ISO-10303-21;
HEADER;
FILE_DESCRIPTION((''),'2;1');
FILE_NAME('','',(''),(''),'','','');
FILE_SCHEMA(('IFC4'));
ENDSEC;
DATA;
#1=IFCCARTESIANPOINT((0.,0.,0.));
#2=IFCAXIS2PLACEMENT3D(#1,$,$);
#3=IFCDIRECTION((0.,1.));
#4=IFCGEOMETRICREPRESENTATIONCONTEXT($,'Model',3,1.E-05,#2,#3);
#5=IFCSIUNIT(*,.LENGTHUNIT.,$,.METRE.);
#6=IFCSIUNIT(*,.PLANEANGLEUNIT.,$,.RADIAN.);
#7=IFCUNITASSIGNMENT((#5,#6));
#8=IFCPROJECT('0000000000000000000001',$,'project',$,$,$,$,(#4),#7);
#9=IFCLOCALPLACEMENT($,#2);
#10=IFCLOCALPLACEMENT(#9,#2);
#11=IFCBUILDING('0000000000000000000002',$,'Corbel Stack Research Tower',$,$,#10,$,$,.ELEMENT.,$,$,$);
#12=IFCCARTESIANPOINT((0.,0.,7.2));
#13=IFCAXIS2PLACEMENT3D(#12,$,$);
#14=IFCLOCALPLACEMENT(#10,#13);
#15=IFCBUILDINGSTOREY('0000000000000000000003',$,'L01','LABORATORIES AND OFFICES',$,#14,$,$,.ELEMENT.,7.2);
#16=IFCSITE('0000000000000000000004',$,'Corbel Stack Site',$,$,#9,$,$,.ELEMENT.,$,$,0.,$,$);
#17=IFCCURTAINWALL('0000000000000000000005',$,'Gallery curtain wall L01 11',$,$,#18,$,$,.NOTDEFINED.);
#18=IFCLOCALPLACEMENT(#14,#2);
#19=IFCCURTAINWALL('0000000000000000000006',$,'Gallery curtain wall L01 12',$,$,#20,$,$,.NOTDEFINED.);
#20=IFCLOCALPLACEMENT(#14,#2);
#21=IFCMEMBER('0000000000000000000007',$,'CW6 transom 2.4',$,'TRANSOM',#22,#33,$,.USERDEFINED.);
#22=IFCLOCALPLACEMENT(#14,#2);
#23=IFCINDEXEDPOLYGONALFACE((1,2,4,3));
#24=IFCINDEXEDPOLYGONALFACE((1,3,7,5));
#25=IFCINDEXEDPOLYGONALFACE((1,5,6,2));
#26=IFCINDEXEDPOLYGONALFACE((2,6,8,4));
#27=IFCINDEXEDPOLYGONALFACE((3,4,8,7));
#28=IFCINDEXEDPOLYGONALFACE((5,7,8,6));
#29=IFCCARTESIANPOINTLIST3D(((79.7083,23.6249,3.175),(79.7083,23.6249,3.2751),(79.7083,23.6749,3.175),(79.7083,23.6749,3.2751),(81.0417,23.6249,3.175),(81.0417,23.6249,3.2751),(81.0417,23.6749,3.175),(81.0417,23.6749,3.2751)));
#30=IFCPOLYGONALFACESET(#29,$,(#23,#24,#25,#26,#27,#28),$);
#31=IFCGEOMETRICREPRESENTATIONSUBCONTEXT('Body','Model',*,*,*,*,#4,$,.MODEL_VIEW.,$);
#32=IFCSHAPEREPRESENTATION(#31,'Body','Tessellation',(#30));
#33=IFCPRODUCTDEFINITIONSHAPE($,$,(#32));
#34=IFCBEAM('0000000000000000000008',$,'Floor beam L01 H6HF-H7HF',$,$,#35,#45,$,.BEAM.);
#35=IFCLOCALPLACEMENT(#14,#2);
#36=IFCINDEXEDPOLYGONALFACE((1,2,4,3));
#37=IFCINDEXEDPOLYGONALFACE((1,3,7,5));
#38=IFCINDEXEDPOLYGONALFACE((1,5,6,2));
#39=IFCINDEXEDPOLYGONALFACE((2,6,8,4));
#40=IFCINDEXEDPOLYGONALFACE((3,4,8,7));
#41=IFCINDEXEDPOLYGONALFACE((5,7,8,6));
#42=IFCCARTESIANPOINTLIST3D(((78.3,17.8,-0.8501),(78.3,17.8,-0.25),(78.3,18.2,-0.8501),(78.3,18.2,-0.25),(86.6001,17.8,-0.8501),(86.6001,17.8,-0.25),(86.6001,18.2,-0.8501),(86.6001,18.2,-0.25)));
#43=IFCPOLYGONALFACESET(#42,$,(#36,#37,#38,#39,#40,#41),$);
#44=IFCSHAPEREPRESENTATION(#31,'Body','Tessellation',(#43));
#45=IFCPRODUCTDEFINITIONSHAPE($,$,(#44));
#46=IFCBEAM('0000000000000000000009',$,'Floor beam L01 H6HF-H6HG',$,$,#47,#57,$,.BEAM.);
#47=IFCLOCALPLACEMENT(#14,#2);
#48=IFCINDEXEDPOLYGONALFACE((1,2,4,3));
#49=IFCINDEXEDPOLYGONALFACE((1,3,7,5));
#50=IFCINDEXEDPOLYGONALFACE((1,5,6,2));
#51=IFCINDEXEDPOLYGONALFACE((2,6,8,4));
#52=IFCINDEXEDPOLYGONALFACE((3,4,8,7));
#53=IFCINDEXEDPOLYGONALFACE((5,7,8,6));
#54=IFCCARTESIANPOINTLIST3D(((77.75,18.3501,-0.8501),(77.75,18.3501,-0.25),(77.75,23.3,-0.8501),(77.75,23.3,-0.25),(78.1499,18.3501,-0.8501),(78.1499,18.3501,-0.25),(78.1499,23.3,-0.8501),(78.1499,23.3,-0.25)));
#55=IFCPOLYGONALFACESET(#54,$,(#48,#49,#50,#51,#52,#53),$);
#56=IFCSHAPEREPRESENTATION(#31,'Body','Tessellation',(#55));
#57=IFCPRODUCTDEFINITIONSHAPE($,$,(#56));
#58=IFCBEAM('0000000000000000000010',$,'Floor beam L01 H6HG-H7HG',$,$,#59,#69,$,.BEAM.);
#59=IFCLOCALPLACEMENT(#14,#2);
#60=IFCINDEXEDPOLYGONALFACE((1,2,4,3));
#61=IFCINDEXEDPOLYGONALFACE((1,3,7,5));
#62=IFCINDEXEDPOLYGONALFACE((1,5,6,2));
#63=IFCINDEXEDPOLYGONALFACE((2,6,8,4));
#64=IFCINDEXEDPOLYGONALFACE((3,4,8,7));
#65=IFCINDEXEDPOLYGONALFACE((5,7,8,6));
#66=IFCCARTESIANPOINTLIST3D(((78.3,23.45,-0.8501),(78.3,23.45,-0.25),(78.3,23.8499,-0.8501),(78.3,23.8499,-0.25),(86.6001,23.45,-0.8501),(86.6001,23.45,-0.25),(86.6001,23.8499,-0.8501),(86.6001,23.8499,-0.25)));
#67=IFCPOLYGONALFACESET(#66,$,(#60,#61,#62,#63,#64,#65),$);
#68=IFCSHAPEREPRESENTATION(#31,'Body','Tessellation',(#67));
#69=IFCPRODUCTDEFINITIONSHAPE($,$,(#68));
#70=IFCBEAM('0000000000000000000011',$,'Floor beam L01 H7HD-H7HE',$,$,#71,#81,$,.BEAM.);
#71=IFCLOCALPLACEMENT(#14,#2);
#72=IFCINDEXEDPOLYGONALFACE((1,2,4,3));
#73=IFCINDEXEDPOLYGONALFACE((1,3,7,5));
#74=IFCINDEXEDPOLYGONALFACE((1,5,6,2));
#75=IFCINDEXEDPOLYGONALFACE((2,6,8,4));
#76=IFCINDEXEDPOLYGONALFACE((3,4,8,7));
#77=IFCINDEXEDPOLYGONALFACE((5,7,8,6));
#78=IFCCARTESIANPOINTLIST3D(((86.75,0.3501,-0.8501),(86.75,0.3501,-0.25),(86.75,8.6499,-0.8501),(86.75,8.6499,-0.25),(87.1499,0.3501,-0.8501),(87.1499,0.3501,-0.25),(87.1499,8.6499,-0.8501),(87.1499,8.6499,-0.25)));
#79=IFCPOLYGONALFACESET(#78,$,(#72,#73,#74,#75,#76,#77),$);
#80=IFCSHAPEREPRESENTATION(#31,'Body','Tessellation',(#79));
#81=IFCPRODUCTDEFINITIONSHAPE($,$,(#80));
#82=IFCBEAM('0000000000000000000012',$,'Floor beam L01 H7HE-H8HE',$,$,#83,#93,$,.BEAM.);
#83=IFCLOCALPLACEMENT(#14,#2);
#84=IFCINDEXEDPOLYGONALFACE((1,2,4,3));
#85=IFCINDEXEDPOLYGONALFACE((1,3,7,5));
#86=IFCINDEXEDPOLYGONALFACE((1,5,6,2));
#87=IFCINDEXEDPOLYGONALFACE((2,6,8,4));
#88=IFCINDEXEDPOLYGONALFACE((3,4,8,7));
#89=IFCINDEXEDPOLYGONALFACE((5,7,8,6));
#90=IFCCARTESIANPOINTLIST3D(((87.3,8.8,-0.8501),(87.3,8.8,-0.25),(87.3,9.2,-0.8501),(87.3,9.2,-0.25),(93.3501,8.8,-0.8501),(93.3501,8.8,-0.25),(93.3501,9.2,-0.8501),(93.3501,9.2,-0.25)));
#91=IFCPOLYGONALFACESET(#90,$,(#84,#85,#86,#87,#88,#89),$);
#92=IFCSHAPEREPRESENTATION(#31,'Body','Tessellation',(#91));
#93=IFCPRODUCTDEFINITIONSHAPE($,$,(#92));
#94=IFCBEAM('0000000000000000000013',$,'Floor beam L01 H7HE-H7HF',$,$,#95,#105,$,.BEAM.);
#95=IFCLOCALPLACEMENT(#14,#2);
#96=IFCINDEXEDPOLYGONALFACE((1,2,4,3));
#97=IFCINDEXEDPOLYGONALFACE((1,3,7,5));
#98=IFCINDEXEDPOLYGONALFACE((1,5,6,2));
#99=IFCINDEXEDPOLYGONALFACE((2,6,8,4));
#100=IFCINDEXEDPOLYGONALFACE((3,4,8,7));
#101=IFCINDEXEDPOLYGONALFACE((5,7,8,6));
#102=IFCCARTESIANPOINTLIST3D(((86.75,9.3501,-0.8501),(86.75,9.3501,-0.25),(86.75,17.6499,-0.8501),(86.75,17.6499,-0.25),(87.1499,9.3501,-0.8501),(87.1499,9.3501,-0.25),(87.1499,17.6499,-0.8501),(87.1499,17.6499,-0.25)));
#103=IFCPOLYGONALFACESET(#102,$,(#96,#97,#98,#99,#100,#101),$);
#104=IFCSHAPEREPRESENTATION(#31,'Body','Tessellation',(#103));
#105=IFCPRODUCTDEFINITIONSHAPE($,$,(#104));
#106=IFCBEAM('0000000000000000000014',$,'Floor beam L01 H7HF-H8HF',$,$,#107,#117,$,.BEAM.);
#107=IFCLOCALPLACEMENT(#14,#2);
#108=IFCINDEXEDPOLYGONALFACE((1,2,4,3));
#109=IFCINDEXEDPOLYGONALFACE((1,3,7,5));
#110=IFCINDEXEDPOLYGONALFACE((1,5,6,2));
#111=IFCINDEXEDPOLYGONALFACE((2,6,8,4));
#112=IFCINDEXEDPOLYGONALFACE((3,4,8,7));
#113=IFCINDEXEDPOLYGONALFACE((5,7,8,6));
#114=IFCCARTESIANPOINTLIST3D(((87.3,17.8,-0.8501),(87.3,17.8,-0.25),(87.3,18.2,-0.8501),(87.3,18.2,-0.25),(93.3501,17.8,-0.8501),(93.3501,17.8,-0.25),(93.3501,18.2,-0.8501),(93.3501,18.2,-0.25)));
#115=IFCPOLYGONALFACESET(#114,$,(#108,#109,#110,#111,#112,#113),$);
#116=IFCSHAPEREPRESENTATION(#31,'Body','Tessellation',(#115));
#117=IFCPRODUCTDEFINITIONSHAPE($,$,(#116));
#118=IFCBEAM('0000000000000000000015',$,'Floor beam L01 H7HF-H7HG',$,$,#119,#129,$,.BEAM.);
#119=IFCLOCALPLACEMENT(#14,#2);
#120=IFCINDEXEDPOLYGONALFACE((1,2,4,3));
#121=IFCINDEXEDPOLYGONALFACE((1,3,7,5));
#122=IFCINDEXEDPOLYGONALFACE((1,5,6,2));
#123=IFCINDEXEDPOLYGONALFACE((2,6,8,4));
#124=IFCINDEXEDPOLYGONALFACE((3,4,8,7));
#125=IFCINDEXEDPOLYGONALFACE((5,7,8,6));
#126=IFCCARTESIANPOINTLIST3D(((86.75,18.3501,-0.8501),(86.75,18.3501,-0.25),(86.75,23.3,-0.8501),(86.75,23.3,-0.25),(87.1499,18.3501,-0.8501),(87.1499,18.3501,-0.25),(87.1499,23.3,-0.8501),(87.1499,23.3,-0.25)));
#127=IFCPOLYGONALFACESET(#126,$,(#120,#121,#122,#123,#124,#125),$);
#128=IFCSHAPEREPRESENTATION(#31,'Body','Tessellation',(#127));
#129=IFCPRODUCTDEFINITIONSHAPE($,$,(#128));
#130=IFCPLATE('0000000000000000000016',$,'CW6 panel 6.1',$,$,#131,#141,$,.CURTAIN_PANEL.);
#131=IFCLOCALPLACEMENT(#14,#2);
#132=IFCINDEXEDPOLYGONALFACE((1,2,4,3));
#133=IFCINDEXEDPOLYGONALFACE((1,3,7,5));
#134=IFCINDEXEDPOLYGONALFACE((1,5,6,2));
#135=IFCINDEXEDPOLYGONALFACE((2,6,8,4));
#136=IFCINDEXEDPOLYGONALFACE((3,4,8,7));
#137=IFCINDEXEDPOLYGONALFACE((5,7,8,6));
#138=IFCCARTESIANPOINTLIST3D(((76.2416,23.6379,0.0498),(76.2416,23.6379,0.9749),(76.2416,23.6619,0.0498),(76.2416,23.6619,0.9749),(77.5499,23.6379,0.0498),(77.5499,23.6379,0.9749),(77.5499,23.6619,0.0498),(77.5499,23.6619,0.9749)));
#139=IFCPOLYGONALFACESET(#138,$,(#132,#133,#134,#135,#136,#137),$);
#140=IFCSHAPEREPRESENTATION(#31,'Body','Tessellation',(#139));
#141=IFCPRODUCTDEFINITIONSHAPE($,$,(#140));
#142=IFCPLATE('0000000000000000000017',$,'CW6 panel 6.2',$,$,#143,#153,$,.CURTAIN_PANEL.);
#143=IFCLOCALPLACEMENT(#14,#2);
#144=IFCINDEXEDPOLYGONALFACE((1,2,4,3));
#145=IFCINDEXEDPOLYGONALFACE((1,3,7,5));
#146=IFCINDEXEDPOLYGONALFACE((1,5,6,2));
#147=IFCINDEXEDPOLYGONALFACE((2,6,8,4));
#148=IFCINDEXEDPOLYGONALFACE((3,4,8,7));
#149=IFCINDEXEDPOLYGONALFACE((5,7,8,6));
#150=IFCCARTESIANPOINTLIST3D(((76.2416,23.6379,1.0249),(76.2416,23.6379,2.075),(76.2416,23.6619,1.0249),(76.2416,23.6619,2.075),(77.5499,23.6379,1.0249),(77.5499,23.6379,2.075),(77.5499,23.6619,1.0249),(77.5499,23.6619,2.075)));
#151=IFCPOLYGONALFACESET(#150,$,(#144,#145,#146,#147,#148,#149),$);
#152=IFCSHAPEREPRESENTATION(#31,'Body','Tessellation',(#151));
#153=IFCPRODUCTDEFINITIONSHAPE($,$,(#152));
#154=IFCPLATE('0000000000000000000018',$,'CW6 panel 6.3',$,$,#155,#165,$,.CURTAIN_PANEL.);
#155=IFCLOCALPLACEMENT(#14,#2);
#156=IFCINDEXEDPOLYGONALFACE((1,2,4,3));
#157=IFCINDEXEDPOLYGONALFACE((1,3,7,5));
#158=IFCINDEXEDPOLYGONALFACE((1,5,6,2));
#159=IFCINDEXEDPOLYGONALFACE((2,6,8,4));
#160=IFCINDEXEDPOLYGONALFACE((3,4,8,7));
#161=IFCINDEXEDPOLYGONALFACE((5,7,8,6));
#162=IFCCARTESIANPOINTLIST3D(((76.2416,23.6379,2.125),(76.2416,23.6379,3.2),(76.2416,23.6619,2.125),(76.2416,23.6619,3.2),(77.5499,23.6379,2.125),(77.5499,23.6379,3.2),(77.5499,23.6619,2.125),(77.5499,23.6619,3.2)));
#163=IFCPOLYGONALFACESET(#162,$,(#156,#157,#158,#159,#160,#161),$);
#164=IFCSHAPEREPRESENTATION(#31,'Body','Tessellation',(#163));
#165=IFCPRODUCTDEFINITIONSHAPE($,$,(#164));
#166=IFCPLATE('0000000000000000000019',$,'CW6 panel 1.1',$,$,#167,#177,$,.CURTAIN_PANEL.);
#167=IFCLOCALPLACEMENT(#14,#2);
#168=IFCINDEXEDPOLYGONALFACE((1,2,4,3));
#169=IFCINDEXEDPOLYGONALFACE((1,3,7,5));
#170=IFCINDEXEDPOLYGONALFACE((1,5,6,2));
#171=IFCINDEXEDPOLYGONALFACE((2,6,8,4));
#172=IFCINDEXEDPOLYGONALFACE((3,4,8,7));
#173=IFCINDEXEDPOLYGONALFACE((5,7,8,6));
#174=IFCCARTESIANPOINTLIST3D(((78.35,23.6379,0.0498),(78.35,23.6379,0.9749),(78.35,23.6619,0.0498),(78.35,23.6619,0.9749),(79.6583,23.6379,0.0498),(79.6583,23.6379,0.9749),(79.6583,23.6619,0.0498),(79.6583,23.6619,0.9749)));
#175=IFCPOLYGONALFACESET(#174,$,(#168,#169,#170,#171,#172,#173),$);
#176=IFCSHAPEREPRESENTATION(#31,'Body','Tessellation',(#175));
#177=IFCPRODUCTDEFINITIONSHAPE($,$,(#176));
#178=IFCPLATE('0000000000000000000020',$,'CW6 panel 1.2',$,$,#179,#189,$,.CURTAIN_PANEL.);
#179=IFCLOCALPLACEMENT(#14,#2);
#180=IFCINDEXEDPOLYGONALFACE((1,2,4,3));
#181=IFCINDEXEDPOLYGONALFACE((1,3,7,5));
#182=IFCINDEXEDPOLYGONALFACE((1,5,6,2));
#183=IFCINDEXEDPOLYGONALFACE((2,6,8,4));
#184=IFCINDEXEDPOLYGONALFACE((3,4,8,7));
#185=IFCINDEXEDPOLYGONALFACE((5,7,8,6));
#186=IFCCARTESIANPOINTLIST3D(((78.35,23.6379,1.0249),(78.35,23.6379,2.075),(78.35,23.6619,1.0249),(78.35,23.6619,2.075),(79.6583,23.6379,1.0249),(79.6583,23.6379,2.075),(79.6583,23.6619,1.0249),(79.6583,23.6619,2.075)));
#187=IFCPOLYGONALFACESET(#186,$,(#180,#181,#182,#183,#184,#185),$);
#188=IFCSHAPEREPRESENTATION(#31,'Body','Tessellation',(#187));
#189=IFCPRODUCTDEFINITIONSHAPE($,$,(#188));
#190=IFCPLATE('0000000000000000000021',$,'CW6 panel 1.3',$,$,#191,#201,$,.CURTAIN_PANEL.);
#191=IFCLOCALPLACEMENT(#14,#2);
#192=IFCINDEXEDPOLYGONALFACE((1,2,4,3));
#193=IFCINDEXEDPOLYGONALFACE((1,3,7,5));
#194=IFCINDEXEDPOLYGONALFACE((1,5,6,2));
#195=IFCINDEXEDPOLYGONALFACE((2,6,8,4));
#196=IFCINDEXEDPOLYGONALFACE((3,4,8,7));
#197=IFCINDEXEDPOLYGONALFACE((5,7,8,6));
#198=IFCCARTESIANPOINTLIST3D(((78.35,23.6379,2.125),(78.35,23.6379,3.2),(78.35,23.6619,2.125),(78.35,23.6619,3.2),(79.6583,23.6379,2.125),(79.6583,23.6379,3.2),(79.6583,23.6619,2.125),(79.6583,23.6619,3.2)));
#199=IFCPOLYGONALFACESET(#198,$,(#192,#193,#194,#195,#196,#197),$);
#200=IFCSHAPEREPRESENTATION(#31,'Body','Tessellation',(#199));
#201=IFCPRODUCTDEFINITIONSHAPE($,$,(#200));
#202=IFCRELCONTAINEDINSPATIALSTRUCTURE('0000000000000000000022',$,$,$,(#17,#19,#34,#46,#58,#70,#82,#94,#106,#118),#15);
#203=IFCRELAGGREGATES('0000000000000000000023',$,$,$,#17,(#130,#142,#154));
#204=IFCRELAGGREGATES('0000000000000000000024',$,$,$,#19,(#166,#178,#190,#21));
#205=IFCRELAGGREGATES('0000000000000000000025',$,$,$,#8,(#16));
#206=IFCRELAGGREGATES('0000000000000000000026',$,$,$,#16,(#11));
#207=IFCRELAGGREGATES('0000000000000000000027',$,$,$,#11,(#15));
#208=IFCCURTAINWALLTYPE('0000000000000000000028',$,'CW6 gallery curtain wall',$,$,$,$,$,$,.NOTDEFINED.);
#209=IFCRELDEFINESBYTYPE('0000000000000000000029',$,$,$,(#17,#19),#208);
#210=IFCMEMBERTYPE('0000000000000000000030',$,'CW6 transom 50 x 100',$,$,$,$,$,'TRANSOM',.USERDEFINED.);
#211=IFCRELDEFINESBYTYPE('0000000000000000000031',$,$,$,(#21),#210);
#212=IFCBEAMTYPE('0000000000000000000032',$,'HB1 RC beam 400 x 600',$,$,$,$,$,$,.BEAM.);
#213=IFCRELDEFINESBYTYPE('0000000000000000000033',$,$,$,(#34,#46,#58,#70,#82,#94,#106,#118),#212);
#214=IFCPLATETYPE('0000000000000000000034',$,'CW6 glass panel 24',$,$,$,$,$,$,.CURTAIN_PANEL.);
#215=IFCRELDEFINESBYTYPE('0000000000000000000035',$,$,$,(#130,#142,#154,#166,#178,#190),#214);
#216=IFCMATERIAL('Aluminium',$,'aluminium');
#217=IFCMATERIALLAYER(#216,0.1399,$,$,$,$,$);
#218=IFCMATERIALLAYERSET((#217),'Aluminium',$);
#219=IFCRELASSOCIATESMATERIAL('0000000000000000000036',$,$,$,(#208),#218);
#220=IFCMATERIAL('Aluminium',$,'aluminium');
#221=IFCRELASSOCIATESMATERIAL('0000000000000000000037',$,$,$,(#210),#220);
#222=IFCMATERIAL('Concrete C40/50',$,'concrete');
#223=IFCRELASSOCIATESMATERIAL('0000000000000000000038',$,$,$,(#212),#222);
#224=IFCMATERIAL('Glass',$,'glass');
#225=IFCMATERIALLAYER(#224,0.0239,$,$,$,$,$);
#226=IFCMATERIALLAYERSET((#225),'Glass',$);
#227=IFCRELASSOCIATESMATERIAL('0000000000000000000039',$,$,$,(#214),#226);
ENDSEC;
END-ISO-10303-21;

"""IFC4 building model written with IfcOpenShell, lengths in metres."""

from ifc_helpers import new_model, si_unit, direction, frame, origin, origin_2d, place, context, subcontext, project, spatial, rectangle, extrude, material, layer, layer_set, material_profile, profile_set, type_object, element, aggregate, save


model = new_model("IFC4")

# Units and contexts
model_context = context("Model", 3, precision=1e-05, world=origin(), true_north=direction((0.0, 1.0)))
body_context = subcontext(model_context, "Body", "Model", "MODEL_VIEW")
ifc_project = project(units=[si_unit("LENGTHUNIT", "METRE"), si_unit("PLANEANGLEUNIT", "RADIAN")], contexts=[model_context])

# Site, building, storey
site_placement = place(None, origin())
site = spatial("IfcSite", under=ifc_project, at=site_placement, Name="Corbel Stack Site", CompositionType="ELEMENT", RefElevation=0.0)
building_placement = place(site_placement, origin())
building = spatial("IfcBuilding", under=site, at=building_placement, Name="Corbel Stack Research Tower", CompositionType="ELEMENT")
storey_placement = place(building_placement, frame((0.0, 0.0, 7.2)))
storey = spatial("IfcBuildingStorey", under=building, at=storey_placement, Name="L01", Description="LABORATORIES AND OFFICES", CompositionType="ELEMENT", Elevation=7.2)

# Curtain wall
ifc_material_1 = material(Name="Aluminium", Category="aluminium")
ifc_layer_1 = layer(ifc_material_1, 0.1399)
ifc_layer_set_1 = layer_set([ifc_layer_1], Name="Aluminium")
curtain_wall_type = type_object("IfcCurtainWallType", Name="CW6 gallery curtain wall", PredefinedType="NOTDEFINED", material=ifc_layer_set_1)
curtain_wall_1_placement = place(storey_placement, origin())
curtain_wall_1 = element("IfcCurtainWall", 1, at=curtain_wall_1_placement, inside=storey, type_object=curtain_wall_type, Name="Gallery curtain wall L01 11", PredefinedType="NOTDEFINED")

# Curtain wall
curtain_wall_2_placement = place(storey_placement, origin())
curtain_wall_2 = element("IfcCurtainWall", 2, at=curtain_wall_2_placement, inside=storey, type_object=curtain_wall_type, Name="Gallery curtain wall L01 12", PredefinedType="NOTDEFINED")

# Member
ifc_material_2 = material(Name="Aluminium", Category="aluminium")
ifc_material_profile_1 = material_profile(ifc_material_2, rectangle(XDim=0.05, YDim=0.1001, at=origin_2d()), Name="Transom 50 x 100")
ifc_profile_set_1 = profile_set([ifc_material_profile_1], Name="Aluminium")
member_type_1 = type_object("IfcMemberType", Name="CW6 transom 50 x 100", ElementType="TRANSOM", PredefinedType="USERDEFINED", material=ifc_profile_set_1)
member_1_placement = place(storey_placement, frame((79.7083, 23.6499, 3.2251), z_axis=(1.0, 0.0, 0.0), x_axis=(0.0, 1.0, 0.0)))
member_1 = element("IfcMember", 3, at=member_1_placement, type_object=member_type_1, Name="CW6 transom 2.4", ObjectType="TRANSOM", PredefinedType="USERDEFINED", context=body_context, shape_type="SweptSolid", body=[
    extrude(rectangle(XDim=0.05, YDim=0.1001, at=origin_2d()), origin(), (0.0, 0.0, 1.0), 1.3335),
])

# Beams
ifc_material_3 = material(Name="Concrete C40/50", Category="concrete")
ifc_material_profile_2 = material_profile(ifc_material_3, rectangle(XDim=0.3999, YDim=0.6001, at=origin_2d()), Name="RC 400 x 600")
ifc_profile_set_2 = profile_set([ifc_material_profile_2], Name="Concrete C40/50")
beam_type = type_object("IfcBeamType", Name="HB1 RC beam 400 x 600", PredefinedType="BEAM", material=ifc_profile_set_2)
beam_1_placement = place(storey_placement, frame((78.3, 18.0, -0.55), z_axis=(1.0, 0.0, 0.0), x_axis=(0.0, 1.0, 0.0)))
element("IfcBeam", 4, at=beam_1_placement, inside=storey, type_object=beam_type, Name="Floor beam L01 H6HF-H7HF", PredefinedType="BEAM", context=body_context, shape_type="SweptSolid", body=[
    extrude(rectangle(XDim=0.3999, YDim=0.6001, at=origin_2d()), origin(), (0.0, 0.0, 1.0), 8.3),
])
beam_2_placement = place(storey_placement, frame((77.95, 18.3501, -0.55), z_axis=(0.0, 1.0, 0.0), x_axis=(-1.0, 0.0, 0.0)))
element("IfcBeam", 5, at=beam_2_placement, inside=storey, type_object=beam_type, Name="Floor beam L01 H6HF-H6HG", PredefinedType="BEAM", context=body_context, shape_type="SweptSolid", body=[
    extrude(rectangle(XDim=0.3999, YDim=0.6001, at=origin_2d()), origin(), (0.0, 0.0, 1.0), 4.95),
])
beam_3_placement = place(storey_placement, frame((78.3, 23.6499, -0.55), z_axis=(1.0, 0.0, 0.0), x_axis=(0.0, 1.0, 0.0)))
element("IfcBeam", 6, at=beam_3_placement, inside=storey, type_object=beam_type, Name="Floor beam L01 H6HG-H7HG", PredefinedType="BEAM", context=body_context, shape_type="SweptSolid", body=[
    extrude(rectangle(XDim=0.3999, YDim=0.6001, at=origin_2d()), origin(), (0.0, 0.0, 1.0), 8.3),
])
beam_4_placement = place(storey_placement, frame((86.95, 0.3501, -0.55), z_axis=(0.0, 1.0, 0.0), x_axis=(-1.0, 0.0, 0.0)))
element("IfcBeam", 7, at=beam_4_placement, inside=storey, type_object=beam_type, Name="Floor beam L01 H7HD-H7HE", PredefinedType="BEAM", context=body_context, shape_type="SweptSolid", body=[
    extrude(rectangle(XDim=0.3999, YDim=0.6001, at=origin_2d()), origin(), (0.0, 0.0, 1.0), 8.2998),
])
beam_5_placement = place(storey_placement, frame((87.3, 9.0, -0.55), z_axis=(1.0, 0.0, 0.0), x_axis=(0.0, 1.0, 0.0)))
element("IfcBeam", 8, at=beam_5_placement, inside=storey, type_object=beam_type, Name="Floor beam L01 H7HE-H8HE", PredefinedType="BEAM", context=body_context, shape_type="SweptSolid", body=[
    extrude(rectangle(XDim=0.3999, YDim=0.6001, at=origin_2d()), origin(), (0.0, 0.0, 1.0), 6.05),
])
beam_6_placement = place(storey_placement, frame((86.95, 9.3501, -0.55), z_axis=(0.0, 1.0, 0.0), x_axis=(-1.0, 0.0, 0.0)))
element("IfcBeam", 9, at=beam_6_placement, inside=storey, type_object=beam_type, Name="Floor beam L01 H7HE-H7HF", PredefinedType="BEAM", context=body_context, shape_type="SweptSolid", body=[
    extrude(rectangle(XDim=0.3999, YDim=0.6001, at=origin_2d()), origin(), (0.0, 0.0, 1.0), 8.2998),
])
beam_7_placement = place(storey_placement, frame((87.3, 18.0, -0.55), z_axis=(1.0, 0.0, 0.0), x_axis=(0.0, 1.0, 0.0)))
element("IfcBeam", 10, at=beam_7_placement, inside=storey, type_object=beam_type, Name="Floor beam L01 H7HF-H8HF", PredefinedType="BEAM", context=body_context, shape_type="SweptSolid", body=[
    extrude(rectangle(XDim=0.3999, YDim=0.6001, at=origin_2d()), origin(), (0.0, 0.0, 1.0), 6.05),
])
beam_8_placement = place(storey_placement, frame((86.95, 18.3501, -0.55), z_axis=(0.0, 1.0, 0.0), x_axis=(-1.0, 0.0, 0.0)))
element("IfcBeam", 11, at=beam_8_placement, inside=storey, type_object=beam_type, Name="Floor beam L01 H7HF-H7HG", PredefinedType="BEAM", context=body_context, shape_type="SweptSolid", body=[
    extrude(rectangle(XDim=0.3999, YDim=0.6001, at=origin_2d()), origin(), (0.0, 0.0, 1.0), 4.95),
])

# Plates
ifc_material_4 = material(Name="Glass", Category="glass")
ifc_layer_2 = layer(ifc_material_4, 0.0239)
ifc_layer_set_2 = layer_set([ifc_layer_2], Name="Glass")
plate_type = type_object("IfcPlateType", Name="CW6 glass panel 24", PredefinedType="CURTAIN_PANEL", material=ifc_layer_set_2)
plate_1_placement = place(storey_placement, frame((76.8958, 23.6499, 0.0498), z_axis=(0.0, 0.0, 1.0), x_axis=(1.0, 0.0, 0.0)))
plate_1 = element("IfcPlate", 12, at=plate_1_placement, type_object=plate_type, Name="CW6 panel 6.1", PredefinedType="CURTAIN_PANEL", context=body_context, shape_type="SweptSolid", body=[
    extrude(rectangle(XDim=1.3083, YDim=0.0239, at=origin_2d()), origin(), (0.0, 0.0, 1.0), 0.925),
])
plate_2_placement = place(storey_placement, frame((76.8958, 23.6499, 1.0249), z_axis=(0.0, 0.0, 1.0), x_axis=(1.0, 0.0, 0.0)))
plate_2 = element("IfcPlate", 13, at=plate_2_placement, type_object=plate_type, Name="CW6 panel 6.2", PredefinedType="CURTAIN_PANEL", context=body_context, shape_type="SweptSolid", body=[
    extrude(rectangle(XDim=1.3083, YDim=0.0239, at=origin_2d()), origin(), (0.0, 0.0, 1.0), 1.05),
])
plate_3_placement = place(storey_placement, frame((76.8958, 23.6499, 2.125), z_axis=(0.0, 0.0, 1.0), x_axis=(1.0, 0.0, 0.0)))
plate_3 = element("IfcPlate", 14, at=plate_3_placement, type_object=plate_type, Name="CW6 panel 6.3", PredefinedType="CURTAIN_PANEL", context=body_context, shape_type="SweptSolid", body=[
    extrude(rectangle(XDim=1.3083, YDim=0.0239, at=origin_2d()), origin(), (0.0, 0.0, 1.0), 1.075),
])
aggregate(curtain_wall_1, [plate_1, plate_2, plate_3])
plate_4_placement = place(storey_placement, frame((79.0042, 23.6499, 0.0498), z_axis=(0.0, 0.0, 1.0), x_axis=(1.0, 0.0, 0.0)))
plate_4 = element("IfcPlate", 15, at=plate_4_placement, type_object=plate_type, Name="CW6 panel 1.1", PredefinedType="CURTAIN_PANEL", context=body_context, shape_type="SweptSolid", body=[
    extrude(rectangle(XDim=1.3083, YDim=0.0239, at=origin_2d()), origin(), (0.0, 0.0, 1.0), 0.925),
])
plate_5_placement = place(storey_placement, frame((79.0042, 23.6499, 1.0249), z_axis=(0.0, 0.0, 1.0), x_axis=(1.0, 0.0, 0.0)))
plate_5 = element("IfcPlate", 16, at=plate_5_placement, type_object=plate_type, Name="CW6 panel 1.2", PredefinedType="CURTAIN_PANEL", context=body_context, shape_type="SweptSolid", body=[
    extrude(rectangle(XDim=1.3083, YDim=0.0239, at=origin_2d()), origin(), (0.0, 0.0, 1.0), 1.05),
])
plate_6_placement = place(storey_placement, frame((79.0042, 23.6499, 2.125), z_axis=(0.0, 0.0, 1.0), x_axis=(1.0, 0.0, 0.0)))
plate_6 = element("IfcPlate", 17, at=plate_6_placement, type_object=plate_type, Name="CW6 panel 1.3", PredefinedType="CURTAIN_PANEL", context=body_context, shape_type="SweptSolid", body=[
    extrude(rectangle(XDim=1.3083, YDim=0.0239, at=origin_2d()), origin(), (0.0, 0.0, 1.0), 1.075),
])
aggregate(curtain_wall_2, [plate_4, plate_5, plate_6, member_1])

save(model, "model.ifc")
